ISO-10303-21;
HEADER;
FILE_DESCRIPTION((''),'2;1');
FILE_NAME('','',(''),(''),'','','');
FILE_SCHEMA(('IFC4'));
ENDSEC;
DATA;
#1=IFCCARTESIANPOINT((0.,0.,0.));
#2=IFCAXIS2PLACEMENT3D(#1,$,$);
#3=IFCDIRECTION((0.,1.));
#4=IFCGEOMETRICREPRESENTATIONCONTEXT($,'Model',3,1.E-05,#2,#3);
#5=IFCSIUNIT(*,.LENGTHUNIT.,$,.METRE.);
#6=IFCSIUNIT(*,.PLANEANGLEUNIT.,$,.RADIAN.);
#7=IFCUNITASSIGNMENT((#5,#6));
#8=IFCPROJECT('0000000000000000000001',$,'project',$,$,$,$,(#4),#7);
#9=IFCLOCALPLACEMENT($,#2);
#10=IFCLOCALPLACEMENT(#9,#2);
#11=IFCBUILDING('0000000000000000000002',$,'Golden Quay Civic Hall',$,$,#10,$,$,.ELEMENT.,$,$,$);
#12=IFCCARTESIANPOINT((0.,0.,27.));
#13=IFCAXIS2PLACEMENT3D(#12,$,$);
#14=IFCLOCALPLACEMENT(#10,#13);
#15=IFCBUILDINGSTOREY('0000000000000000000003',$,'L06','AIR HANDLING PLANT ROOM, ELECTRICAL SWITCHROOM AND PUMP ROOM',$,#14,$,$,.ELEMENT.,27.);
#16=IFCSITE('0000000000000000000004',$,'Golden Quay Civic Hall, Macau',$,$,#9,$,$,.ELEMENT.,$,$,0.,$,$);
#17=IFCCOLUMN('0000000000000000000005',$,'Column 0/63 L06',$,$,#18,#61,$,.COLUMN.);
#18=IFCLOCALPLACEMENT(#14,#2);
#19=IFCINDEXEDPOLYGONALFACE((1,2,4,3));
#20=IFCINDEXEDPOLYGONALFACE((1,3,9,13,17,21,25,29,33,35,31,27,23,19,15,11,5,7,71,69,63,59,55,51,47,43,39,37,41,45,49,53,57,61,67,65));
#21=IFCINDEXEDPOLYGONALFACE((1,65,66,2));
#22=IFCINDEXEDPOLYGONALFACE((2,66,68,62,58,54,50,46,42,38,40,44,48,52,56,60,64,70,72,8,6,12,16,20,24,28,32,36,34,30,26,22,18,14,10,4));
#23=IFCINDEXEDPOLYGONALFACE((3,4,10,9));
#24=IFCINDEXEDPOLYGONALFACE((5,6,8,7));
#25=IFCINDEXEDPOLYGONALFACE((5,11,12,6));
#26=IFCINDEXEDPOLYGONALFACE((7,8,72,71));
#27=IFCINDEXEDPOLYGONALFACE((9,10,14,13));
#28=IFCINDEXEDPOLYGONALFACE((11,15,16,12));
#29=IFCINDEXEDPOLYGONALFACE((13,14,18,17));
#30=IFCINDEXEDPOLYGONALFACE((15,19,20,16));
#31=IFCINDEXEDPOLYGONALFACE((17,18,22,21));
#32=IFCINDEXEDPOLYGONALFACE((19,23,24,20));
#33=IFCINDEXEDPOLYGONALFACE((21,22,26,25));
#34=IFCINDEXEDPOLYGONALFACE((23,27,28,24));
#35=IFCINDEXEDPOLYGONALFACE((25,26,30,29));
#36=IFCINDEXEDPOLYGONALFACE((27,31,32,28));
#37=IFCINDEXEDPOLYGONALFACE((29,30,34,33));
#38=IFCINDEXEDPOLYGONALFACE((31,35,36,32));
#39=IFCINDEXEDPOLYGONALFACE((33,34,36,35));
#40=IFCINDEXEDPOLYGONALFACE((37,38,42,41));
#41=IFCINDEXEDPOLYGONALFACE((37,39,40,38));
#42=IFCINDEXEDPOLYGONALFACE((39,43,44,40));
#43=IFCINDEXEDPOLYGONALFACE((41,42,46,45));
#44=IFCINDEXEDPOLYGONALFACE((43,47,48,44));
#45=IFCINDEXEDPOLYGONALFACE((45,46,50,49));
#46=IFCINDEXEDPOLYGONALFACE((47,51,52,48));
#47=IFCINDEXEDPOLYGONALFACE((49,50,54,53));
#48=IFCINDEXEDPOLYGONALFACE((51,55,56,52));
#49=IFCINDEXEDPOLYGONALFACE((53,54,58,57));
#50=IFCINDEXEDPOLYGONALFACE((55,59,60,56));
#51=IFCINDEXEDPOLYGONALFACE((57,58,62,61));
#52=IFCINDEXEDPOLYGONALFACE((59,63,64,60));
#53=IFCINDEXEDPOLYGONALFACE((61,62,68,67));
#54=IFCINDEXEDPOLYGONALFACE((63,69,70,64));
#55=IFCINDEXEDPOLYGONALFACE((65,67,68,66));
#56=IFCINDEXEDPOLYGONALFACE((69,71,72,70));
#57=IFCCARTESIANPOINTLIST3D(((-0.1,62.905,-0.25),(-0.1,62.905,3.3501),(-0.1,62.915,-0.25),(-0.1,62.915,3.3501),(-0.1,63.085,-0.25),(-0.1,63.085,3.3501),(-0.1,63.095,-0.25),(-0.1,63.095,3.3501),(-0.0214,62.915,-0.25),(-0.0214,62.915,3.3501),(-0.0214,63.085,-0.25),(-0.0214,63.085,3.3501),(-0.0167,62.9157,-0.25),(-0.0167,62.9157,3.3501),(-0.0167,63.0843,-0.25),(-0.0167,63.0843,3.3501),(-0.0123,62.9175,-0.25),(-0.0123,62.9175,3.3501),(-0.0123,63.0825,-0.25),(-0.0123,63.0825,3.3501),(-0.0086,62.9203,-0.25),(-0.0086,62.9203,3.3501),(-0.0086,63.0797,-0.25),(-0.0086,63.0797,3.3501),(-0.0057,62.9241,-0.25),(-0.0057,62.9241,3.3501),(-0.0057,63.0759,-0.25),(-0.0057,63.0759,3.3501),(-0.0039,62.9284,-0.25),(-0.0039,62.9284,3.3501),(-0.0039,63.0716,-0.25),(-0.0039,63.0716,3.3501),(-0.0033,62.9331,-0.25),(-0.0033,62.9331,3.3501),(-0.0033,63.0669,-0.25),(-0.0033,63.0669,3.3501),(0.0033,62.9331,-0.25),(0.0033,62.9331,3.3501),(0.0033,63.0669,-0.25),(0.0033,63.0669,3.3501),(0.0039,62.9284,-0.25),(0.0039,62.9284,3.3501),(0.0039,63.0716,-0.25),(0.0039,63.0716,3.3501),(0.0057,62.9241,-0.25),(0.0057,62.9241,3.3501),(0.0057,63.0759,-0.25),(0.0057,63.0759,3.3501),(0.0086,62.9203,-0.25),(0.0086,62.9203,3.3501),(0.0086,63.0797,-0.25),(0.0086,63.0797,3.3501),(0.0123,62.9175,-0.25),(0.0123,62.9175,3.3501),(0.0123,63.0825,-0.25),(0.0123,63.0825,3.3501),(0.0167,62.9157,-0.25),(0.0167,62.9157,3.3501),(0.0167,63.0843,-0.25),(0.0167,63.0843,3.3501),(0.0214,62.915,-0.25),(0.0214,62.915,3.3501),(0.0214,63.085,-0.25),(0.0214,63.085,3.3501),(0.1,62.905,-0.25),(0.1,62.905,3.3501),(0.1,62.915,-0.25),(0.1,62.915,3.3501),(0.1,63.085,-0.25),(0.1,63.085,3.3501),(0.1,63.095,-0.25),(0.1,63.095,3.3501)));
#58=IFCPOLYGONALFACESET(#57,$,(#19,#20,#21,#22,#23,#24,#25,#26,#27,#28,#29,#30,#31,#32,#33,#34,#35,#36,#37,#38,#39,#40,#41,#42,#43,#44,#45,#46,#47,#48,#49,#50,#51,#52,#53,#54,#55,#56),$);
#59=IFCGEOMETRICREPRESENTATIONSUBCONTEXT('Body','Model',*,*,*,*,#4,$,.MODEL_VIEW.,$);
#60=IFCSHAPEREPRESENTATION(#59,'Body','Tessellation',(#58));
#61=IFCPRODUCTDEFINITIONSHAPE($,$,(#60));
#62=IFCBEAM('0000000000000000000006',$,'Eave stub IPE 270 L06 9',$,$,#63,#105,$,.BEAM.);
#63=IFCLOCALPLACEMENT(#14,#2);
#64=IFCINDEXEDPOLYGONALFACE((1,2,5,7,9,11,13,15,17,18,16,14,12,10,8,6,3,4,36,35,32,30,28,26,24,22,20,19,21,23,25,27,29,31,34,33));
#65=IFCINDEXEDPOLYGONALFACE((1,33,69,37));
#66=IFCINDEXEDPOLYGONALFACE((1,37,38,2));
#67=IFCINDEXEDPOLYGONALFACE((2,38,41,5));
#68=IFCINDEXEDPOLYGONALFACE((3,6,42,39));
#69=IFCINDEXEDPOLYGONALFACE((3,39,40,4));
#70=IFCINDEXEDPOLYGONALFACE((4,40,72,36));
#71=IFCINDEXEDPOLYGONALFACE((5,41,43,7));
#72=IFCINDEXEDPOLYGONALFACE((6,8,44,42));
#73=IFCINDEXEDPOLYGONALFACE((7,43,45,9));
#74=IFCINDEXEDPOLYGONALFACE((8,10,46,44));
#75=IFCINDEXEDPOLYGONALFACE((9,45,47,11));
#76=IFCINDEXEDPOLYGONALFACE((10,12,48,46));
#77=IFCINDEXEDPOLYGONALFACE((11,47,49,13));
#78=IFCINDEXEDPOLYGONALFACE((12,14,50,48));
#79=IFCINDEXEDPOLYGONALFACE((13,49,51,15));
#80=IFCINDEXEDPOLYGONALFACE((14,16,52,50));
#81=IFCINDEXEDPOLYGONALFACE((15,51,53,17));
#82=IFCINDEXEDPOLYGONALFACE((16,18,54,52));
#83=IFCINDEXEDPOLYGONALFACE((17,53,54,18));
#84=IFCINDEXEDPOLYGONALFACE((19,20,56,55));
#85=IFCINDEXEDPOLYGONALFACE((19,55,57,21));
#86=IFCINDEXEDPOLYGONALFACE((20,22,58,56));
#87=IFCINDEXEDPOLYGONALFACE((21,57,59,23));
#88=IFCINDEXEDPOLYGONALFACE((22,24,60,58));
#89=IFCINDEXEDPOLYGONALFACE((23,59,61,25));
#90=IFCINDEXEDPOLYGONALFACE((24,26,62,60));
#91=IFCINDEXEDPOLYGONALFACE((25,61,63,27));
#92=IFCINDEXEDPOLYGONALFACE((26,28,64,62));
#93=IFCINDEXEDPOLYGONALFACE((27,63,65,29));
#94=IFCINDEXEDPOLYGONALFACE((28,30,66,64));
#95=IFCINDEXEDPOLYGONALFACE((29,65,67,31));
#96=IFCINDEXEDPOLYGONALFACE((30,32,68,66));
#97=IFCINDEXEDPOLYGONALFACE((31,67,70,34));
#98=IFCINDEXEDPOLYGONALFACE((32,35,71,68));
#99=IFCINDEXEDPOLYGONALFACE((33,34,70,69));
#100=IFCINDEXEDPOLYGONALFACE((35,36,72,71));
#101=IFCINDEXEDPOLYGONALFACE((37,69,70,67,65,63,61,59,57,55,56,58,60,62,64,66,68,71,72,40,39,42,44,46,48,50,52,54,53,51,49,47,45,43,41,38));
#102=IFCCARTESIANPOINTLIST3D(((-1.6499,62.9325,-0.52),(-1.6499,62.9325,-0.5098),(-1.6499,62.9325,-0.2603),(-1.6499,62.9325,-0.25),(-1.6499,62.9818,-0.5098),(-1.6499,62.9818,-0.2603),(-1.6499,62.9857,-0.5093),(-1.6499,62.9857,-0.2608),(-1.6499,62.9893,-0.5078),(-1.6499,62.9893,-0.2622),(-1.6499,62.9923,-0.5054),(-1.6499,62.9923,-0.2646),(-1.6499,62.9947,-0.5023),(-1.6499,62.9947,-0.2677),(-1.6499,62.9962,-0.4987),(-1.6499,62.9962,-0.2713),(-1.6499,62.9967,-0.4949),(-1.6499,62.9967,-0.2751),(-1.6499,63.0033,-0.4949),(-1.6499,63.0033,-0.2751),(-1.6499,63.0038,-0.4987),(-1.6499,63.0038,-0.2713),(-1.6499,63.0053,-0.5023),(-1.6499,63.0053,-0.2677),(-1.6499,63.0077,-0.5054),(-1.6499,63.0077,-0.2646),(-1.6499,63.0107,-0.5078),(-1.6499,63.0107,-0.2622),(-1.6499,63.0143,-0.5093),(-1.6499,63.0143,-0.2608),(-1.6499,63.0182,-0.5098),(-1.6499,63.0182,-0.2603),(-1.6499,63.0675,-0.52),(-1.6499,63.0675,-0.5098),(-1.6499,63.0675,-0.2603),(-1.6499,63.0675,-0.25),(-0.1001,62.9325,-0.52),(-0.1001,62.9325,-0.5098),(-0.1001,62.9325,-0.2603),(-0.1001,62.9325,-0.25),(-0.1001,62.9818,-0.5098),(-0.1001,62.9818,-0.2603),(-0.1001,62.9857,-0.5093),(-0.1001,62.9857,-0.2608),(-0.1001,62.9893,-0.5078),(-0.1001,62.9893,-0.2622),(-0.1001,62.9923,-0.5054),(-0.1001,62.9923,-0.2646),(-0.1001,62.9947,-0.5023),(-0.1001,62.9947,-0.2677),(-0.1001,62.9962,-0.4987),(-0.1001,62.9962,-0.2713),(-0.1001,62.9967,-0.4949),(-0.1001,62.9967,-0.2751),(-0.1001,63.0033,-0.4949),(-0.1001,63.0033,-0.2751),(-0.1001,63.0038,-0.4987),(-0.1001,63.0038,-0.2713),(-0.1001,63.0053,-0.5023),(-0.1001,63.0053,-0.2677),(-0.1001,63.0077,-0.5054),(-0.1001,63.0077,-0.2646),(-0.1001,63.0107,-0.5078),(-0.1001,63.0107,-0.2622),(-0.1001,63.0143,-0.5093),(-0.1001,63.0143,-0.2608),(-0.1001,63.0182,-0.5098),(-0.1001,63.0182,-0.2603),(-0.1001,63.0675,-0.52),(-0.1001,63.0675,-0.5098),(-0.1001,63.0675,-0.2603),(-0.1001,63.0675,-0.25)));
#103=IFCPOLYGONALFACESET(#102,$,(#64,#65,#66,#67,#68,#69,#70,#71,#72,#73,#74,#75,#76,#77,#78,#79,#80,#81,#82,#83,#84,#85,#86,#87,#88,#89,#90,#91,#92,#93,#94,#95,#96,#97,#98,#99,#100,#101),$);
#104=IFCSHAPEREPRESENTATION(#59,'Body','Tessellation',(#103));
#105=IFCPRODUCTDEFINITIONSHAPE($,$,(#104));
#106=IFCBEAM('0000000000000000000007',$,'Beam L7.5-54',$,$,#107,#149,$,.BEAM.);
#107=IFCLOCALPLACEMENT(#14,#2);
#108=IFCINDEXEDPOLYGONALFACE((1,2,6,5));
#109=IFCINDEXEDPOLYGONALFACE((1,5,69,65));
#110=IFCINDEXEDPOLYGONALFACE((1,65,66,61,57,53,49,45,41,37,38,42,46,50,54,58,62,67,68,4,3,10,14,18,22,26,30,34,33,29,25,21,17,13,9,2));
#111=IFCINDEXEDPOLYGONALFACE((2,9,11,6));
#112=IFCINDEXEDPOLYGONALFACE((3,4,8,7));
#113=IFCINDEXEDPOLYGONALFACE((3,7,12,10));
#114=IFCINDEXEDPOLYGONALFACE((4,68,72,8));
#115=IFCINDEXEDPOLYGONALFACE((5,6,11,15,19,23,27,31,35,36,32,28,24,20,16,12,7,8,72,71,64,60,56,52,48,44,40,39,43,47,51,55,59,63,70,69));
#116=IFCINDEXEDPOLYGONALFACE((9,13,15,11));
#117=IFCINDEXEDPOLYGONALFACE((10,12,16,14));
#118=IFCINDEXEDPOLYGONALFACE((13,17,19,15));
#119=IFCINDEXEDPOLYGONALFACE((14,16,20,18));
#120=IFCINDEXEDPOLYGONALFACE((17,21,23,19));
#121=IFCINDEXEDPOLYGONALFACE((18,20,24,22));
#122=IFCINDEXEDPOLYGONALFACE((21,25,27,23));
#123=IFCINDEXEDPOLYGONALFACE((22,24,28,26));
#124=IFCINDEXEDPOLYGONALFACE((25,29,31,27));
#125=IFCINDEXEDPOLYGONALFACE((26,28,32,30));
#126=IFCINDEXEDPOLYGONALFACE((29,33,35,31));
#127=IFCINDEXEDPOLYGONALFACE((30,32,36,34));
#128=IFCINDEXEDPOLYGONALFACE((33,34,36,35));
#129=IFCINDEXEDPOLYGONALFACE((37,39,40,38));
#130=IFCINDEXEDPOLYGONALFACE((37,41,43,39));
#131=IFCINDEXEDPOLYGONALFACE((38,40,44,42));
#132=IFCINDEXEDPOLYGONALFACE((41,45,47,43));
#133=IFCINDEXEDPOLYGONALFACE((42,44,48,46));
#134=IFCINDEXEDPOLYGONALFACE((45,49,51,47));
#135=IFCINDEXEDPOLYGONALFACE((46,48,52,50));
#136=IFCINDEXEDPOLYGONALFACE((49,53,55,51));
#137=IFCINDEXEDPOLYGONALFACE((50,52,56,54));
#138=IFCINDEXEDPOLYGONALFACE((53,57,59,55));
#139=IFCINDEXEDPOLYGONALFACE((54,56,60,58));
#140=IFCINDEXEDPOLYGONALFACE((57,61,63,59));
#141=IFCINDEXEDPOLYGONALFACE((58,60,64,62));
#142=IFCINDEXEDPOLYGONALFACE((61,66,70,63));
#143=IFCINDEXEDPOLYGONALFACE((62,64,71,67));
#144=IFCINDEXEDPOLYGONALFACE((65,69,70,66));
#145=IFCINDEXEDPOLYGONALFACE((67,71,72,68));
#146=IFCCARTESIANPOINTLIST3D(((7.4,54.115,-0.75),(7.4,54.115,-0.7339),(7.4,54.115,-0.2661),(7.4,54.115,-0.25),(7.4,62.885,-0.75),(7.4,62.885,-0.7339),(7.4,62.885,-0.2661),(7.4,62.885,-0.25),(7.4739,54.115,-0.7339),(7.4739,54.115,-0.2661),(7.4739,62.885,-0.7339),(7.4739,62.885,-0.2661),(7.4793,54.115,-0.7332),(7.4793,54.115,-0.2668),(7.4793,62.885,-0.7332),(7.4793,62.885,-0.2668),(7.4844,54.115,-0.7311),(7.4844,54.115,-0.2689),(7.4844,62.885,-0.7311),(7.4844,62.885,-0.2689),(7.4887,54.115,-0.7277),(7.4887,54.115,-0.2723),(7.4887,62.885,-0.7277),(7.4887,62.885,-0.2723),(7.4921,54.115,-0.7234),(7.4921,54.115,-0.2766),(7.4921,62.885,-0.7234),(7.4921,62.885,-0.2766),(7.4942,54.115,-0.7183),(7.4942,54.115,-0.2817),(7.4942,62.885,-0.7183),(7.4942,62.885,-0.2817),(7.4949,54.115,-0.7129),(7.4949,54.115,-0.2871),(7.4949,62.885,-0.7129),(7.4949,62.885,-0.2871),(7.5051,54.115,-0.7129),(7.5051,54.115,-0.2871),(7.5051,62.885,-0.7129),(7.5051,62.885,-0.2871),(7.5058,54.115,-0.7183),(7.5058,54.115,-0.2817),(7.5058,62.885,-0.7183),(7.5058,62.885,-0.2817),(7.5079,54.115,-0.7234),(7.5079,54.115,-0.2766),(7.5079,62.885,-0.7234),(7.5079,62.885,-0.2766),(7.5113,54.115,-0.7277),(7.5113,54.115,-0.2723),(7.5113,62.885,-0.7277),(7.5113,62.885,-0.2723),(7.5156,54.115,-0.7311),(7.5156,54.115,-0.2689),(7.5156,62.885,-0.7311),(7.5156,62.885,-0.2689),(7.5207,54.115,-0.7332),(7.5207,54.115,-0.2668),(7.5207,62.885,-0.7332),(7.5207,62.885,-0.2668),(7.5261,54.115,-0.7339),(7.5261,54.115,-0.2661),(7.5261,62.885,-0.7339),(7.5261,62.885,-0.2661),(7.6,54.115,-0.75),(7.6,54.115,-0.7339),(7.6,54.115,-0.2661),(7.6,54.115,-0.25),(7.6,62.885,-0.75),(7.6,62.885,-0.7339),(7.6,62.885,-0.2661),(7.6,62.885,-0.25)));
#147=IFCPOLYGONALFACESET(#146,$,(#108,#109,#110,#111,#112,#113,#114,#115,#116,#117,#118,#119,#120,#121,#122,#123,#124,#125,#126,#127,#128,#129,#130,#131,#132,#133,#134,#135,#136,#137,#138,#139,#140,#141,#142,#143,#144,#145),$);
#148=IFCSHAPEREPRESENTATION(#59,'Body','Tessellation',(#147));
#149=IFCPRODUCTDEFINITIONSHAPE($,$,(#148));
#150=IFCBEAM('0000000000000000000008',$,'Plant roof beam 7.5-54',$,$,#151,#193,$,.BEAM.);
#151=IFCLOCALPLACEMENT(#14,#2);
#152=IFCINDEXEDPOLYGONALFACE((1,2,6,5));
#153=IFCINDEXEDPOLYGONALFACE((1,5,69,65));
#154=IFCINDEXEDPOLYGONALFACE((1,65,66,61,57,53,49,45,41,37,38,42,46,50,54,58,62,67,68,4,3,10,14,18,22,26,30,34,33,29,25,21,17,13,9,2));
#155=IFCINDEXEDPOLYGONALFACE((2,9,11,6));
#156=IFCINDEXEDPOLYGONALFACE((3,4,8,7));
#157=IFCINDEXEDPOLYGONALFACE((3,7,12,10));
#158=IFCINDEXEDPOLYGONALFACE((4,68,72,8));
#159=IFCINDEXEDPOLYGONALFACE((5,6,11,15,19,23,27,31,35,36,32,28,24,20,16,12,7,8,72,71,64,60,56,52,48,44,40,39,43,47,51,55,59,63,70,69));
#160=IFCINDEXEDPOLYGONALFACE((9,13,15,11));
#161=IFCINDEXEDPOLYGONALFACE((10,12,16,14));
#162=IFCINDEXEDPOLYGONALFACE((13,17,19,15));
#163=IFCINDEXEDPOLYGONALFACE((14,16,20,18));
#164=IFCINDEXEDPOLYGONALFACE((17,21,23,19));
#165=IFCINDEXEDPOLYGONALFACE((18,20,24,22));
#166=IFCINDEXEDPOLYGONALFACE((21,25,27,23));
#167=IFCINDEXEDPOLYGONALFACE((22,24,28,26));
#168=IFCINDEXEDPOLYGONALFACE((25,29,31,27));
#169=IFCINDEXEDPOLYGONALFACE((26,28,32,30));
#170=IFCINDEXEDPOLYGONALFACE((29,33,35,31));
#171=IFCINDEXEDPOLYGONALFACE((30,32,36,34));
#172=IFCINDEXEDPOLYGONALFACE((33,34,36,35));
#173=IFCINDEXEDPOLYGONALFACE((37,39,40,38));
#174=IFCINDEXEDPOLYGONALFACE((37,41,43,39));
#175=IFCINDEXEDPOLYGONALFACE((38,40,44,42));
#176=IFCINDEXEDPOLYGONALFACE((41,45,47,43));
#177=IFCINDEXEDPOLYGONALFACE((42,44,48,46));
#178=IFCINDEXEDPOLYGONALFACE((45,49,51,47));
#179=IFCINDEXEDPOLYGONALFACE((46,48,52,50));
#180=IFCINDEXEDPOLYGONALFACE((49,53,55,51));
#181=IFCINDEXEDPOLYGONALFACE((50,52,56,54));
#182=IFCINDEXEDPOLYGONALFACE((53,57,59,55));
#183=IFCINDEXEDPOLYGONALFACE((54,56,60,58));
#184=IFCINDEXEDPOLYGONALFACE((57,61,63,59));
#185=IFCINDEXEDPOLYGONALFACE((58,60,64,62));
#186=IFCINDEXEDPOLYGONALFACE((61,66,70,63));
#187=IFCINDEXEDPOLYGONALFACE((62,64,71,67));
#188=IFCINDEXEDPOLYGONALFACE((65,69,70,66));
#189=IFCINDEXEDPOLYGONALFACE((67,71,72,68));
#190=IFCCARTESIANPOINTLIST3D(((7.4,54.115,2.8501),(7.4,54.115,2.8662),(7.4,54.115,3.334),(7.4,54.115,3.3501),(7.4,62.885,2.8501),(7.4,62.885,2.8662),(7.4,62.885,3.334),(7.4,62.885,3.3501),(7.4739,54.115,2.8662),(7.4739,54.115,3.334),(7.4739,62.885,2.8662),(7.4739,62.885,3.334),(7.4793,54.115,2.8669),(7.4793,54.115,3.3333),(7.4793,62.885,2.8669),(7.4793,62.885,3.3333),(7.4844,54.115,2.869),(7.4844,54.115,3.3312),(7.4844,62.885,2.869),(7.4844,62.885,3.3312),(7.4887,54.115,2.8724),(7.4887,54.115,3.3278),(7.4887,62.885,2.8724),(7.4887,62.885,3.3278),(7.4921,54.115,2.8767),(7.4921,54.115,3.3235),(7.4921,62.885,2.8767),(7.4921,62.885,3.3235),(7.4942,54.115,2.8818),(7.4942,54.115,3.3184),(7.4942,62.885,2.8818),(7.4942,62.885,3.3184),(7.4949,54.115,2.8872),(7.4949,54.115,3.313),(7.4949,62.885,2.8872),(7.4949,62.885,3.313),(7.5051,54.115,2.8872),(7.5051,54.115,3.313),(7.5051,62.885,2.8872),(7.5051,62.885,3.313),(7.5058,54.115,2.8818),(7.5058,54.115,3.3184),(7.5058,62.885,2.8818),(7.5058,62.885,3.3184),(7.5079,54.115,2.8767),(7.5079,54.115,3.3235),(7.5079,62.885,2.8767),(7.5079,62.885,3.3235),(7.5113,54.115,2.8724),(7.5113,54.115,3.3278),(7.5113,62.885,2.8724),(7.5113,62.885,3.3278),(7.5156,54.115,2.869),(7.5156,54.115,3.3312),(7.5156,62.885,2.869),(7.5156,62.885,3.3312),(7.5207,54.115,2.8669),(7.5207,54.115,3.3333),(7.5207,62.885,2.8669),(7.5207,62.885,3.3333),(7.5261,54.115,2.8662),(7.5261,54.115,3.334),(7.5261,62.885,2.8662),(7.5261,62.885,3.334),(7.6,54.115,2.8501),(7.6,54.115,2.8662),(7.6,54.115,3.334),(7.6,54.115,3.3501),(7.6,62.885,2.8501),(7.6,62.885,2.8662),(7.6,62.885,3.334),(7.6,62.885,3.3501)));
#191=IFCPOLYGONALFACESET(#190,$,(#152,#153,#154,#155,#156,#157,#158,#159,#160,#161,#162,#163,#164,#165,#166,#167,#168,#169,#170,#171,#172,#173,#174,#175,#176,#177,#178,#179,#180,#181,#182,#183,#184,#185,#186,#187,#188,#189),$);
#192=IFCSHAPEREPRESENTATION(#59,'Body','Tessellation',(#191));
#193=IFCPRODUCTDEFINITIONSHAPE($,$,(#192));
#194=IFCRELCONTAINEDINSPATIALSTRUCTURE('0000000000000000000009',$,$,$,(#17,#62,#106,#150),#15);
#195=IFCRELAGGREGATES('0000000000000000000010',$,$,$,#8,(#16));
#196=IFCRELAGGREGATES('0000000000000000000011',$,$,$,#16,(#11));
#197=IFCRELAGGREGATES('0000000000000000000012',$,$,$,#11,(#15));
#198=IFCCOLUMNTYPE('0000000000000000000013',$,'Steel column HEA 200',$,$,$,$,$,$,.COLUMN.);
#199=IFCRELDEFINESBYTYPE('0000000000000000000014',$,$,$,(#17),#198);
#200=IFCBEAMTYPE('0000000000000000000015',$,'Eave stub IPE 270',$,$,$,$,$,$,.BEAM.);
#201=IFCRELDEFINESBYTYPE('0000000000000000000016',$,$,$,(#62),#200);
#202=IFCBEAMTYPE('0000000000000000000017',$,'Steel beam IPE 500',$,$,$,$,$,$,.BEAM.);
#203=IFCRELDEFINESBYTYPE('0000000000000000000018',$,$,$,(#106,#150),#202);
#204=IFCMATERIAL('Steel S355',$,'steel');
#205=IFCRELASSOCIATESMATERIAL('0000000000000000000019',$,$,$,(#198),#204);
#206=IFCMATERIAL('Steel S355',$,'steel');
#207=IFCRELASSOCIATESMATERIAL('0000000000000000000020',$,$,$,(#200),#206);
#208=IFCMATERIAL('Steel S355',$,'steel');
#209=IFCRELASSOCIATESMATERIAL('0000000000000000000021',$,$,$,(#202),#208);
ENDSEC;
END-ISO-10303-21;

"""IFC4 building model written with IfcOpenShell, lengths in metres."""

from ifc_helpers import new_model, si_unit, direction, frame, origin, origin_2d, place, context, subcontext, project, spatial, i_section, extrude, material, material_profile, profile_set, type_object, element, save


model = new_model("IFC4")

# Units and contexts
model_context = context("Model", 3, precision=1e-05, world=origin(), true_north=direction((0.0, 1.0)))
body_context = subcontext(model_context, "Body", "Model", "MODEL_VIEW")
ifc_project = project(units=[si_unit("LENGTHUNIT", "METRE"), si_unit("PLANEANGLEUNIT", "RADIAN")], contexts=[model_context])

# Site, building, storey
site_placement = place(None, origin())
site = spatial("IfcSite", under=ifc_project, at=site_placement, Name="Golden Quay Civic Hall, Macau", CompositionType="ELEMENT", RefElevation=0.0)
building_placement = place(site_placement, origin())
building = spatial("IfcBuilding", under=site, at=building_placement, Name="Golden Quay Civic Hall", CompositionType="ELEMENT")
storey_placement = place(building_placement, frame((0.0, 0.0, 27.0)))
storey = spatial("IfcBuildingStorey", under=building, at=storey_placement, Name="L06", Description="AIR HANDLING PLANT ROOM, ELECTRICAL SWITCHROOM AND PUMP ROOM", CompositionType="ELEMENT", Elevation=27.0)

# Column
ifc_material_1 = material(Name="Steel S355", Category="steel")
ifc_material_profile_1 = material_profile(ifc_material_1, i_section(OverallWidth=0.2, OverallDepth=0.1899, WebThickness=0.0066, FlangeThickness=0.01, FilletRadius=0.0181, at=origin_2d()), Name="HEA 200")
ifc_profile_set_1 = profile_set([ifc_material_profile_1], Name="Steel S355")
column_type = type_object("IfcColumnType", Name="Steel column HEA 200", PredefinedType="COLUMN", material=ifc_profile_set_1)
column_placement = place(storey_placement, frame((0.0, 63.0, -0.25), z_axis=(0.0, 0.0, 1.0), x_axis=(1.0, 0.0, 0.0)))
element("IfcColumn", 1, at=column_placement, inside=storey, type_object=column_type, Name="Column 0/63 L06", PredefinedType="COLUMN", context=body_context, shape_type="SweptSolid", body=[
    extrude(i_section(OverallWidth=0.2, OverallDepth=0.1899, WebThickness=0.0066, FlangeThickness=0.01, FilletRadius=0.0181, at=origin_2d()), origin(), (0.0, 0.0, 1.0), 3.6001),
])

# Beams
ifc_material_2 = material(Name="Steel S355", Category="steel")
ifc_material_profile_2 = material_profile(ifc_material_2, i_section(OverallWidth=0.135, OverallDepth=0.27, WebThickness=0.0066, FlangeThickness=0.0103, FilletRadius=0.0149, at=origin_2d()), Name="IPE 270")
ifc_profile_set_2 = profile_set([ifc_material_profile_2], Name="Steel S355")
beam_type_1 = type_object("IfcBeamType", Name="Eave stub IPE 270", PredefinedType="BEAM", material=ifc_profile_set_2)
beam_1_placement = place(storey_placement, frame((-0.1001, 63.0, -0.385), z_axis=(-1.0, 0.0, 0.0), x_axis=(0.0, -1.0, 0.0)))
element("IfcBeam", 2, at=beam_1_placement, inside=storey, type_object=beam_type_1, Name="Eave stub IPE 270 L06 9", PredefinedType="BEAM", context=body_context, shape_type="SweptSolid", body=[
    extrude(i_section(OverallWidth=0.135, OverallDepth=0.27, WebThickness=0.0066, FlangeThickness=0.0103, FilletRadius=0.0149, at=origin_2d()), origin(), (0.0, 0.0, 1.0), 1.5498),
])
ifc_material_3 = material(Name="Steel S355", Category="steel")
ifc_material_profile_3 = material_profile(ifc_material_3, i_section(OverallWidth=0.2, OverallDepth=0.5, WebThickness=0.0103, FlangeThickness=0.0161, FilletRadius=0.021, at=origin_2d()), Name="IPE 500")
ifc_profile_set_3 = profile_set([ifc_material_profile_3], Name="Steel S355")
beam_type_2 = type_object("IfcBeamType", Name="Steel beam IPE 500", PredefinedType="BEAM", material=ifc_profile_set_3)
for number, where, z_axis, x_axis, name in (
    (3, (7.5, 54.115, -0.5), (0.0, 1.0, 0.0), (-1.0, 0.0, 0.0), "Beam L7.5-54"),
    (4, (7.5, 54.115, 3.1001), (0.0, 1.0, 0.0), (-1.0, 0.0, 0.0), "Plant roof beam 7.5-54"),
):
    element("IfcBeam", number, at=place(storey_placement, frame(where, z_axis=z_axis, x_axis=x_axis)), inside=storey, type_object=beam_type_2, Name=name, PredefinedType="BEAM", context=body_context, shape_type="SweptSolid", body=[
        extrude(i_section(OverallWidth=0.2, OverallDepth=0.5, WebThickness=0.0103, FlangeThickness=0.0161, FilletRadius=0.021, at=origin_2d()), origin(), (0.0, 0.0, 1.0), 8.77),
    ])

save(model, "model.ifc")
